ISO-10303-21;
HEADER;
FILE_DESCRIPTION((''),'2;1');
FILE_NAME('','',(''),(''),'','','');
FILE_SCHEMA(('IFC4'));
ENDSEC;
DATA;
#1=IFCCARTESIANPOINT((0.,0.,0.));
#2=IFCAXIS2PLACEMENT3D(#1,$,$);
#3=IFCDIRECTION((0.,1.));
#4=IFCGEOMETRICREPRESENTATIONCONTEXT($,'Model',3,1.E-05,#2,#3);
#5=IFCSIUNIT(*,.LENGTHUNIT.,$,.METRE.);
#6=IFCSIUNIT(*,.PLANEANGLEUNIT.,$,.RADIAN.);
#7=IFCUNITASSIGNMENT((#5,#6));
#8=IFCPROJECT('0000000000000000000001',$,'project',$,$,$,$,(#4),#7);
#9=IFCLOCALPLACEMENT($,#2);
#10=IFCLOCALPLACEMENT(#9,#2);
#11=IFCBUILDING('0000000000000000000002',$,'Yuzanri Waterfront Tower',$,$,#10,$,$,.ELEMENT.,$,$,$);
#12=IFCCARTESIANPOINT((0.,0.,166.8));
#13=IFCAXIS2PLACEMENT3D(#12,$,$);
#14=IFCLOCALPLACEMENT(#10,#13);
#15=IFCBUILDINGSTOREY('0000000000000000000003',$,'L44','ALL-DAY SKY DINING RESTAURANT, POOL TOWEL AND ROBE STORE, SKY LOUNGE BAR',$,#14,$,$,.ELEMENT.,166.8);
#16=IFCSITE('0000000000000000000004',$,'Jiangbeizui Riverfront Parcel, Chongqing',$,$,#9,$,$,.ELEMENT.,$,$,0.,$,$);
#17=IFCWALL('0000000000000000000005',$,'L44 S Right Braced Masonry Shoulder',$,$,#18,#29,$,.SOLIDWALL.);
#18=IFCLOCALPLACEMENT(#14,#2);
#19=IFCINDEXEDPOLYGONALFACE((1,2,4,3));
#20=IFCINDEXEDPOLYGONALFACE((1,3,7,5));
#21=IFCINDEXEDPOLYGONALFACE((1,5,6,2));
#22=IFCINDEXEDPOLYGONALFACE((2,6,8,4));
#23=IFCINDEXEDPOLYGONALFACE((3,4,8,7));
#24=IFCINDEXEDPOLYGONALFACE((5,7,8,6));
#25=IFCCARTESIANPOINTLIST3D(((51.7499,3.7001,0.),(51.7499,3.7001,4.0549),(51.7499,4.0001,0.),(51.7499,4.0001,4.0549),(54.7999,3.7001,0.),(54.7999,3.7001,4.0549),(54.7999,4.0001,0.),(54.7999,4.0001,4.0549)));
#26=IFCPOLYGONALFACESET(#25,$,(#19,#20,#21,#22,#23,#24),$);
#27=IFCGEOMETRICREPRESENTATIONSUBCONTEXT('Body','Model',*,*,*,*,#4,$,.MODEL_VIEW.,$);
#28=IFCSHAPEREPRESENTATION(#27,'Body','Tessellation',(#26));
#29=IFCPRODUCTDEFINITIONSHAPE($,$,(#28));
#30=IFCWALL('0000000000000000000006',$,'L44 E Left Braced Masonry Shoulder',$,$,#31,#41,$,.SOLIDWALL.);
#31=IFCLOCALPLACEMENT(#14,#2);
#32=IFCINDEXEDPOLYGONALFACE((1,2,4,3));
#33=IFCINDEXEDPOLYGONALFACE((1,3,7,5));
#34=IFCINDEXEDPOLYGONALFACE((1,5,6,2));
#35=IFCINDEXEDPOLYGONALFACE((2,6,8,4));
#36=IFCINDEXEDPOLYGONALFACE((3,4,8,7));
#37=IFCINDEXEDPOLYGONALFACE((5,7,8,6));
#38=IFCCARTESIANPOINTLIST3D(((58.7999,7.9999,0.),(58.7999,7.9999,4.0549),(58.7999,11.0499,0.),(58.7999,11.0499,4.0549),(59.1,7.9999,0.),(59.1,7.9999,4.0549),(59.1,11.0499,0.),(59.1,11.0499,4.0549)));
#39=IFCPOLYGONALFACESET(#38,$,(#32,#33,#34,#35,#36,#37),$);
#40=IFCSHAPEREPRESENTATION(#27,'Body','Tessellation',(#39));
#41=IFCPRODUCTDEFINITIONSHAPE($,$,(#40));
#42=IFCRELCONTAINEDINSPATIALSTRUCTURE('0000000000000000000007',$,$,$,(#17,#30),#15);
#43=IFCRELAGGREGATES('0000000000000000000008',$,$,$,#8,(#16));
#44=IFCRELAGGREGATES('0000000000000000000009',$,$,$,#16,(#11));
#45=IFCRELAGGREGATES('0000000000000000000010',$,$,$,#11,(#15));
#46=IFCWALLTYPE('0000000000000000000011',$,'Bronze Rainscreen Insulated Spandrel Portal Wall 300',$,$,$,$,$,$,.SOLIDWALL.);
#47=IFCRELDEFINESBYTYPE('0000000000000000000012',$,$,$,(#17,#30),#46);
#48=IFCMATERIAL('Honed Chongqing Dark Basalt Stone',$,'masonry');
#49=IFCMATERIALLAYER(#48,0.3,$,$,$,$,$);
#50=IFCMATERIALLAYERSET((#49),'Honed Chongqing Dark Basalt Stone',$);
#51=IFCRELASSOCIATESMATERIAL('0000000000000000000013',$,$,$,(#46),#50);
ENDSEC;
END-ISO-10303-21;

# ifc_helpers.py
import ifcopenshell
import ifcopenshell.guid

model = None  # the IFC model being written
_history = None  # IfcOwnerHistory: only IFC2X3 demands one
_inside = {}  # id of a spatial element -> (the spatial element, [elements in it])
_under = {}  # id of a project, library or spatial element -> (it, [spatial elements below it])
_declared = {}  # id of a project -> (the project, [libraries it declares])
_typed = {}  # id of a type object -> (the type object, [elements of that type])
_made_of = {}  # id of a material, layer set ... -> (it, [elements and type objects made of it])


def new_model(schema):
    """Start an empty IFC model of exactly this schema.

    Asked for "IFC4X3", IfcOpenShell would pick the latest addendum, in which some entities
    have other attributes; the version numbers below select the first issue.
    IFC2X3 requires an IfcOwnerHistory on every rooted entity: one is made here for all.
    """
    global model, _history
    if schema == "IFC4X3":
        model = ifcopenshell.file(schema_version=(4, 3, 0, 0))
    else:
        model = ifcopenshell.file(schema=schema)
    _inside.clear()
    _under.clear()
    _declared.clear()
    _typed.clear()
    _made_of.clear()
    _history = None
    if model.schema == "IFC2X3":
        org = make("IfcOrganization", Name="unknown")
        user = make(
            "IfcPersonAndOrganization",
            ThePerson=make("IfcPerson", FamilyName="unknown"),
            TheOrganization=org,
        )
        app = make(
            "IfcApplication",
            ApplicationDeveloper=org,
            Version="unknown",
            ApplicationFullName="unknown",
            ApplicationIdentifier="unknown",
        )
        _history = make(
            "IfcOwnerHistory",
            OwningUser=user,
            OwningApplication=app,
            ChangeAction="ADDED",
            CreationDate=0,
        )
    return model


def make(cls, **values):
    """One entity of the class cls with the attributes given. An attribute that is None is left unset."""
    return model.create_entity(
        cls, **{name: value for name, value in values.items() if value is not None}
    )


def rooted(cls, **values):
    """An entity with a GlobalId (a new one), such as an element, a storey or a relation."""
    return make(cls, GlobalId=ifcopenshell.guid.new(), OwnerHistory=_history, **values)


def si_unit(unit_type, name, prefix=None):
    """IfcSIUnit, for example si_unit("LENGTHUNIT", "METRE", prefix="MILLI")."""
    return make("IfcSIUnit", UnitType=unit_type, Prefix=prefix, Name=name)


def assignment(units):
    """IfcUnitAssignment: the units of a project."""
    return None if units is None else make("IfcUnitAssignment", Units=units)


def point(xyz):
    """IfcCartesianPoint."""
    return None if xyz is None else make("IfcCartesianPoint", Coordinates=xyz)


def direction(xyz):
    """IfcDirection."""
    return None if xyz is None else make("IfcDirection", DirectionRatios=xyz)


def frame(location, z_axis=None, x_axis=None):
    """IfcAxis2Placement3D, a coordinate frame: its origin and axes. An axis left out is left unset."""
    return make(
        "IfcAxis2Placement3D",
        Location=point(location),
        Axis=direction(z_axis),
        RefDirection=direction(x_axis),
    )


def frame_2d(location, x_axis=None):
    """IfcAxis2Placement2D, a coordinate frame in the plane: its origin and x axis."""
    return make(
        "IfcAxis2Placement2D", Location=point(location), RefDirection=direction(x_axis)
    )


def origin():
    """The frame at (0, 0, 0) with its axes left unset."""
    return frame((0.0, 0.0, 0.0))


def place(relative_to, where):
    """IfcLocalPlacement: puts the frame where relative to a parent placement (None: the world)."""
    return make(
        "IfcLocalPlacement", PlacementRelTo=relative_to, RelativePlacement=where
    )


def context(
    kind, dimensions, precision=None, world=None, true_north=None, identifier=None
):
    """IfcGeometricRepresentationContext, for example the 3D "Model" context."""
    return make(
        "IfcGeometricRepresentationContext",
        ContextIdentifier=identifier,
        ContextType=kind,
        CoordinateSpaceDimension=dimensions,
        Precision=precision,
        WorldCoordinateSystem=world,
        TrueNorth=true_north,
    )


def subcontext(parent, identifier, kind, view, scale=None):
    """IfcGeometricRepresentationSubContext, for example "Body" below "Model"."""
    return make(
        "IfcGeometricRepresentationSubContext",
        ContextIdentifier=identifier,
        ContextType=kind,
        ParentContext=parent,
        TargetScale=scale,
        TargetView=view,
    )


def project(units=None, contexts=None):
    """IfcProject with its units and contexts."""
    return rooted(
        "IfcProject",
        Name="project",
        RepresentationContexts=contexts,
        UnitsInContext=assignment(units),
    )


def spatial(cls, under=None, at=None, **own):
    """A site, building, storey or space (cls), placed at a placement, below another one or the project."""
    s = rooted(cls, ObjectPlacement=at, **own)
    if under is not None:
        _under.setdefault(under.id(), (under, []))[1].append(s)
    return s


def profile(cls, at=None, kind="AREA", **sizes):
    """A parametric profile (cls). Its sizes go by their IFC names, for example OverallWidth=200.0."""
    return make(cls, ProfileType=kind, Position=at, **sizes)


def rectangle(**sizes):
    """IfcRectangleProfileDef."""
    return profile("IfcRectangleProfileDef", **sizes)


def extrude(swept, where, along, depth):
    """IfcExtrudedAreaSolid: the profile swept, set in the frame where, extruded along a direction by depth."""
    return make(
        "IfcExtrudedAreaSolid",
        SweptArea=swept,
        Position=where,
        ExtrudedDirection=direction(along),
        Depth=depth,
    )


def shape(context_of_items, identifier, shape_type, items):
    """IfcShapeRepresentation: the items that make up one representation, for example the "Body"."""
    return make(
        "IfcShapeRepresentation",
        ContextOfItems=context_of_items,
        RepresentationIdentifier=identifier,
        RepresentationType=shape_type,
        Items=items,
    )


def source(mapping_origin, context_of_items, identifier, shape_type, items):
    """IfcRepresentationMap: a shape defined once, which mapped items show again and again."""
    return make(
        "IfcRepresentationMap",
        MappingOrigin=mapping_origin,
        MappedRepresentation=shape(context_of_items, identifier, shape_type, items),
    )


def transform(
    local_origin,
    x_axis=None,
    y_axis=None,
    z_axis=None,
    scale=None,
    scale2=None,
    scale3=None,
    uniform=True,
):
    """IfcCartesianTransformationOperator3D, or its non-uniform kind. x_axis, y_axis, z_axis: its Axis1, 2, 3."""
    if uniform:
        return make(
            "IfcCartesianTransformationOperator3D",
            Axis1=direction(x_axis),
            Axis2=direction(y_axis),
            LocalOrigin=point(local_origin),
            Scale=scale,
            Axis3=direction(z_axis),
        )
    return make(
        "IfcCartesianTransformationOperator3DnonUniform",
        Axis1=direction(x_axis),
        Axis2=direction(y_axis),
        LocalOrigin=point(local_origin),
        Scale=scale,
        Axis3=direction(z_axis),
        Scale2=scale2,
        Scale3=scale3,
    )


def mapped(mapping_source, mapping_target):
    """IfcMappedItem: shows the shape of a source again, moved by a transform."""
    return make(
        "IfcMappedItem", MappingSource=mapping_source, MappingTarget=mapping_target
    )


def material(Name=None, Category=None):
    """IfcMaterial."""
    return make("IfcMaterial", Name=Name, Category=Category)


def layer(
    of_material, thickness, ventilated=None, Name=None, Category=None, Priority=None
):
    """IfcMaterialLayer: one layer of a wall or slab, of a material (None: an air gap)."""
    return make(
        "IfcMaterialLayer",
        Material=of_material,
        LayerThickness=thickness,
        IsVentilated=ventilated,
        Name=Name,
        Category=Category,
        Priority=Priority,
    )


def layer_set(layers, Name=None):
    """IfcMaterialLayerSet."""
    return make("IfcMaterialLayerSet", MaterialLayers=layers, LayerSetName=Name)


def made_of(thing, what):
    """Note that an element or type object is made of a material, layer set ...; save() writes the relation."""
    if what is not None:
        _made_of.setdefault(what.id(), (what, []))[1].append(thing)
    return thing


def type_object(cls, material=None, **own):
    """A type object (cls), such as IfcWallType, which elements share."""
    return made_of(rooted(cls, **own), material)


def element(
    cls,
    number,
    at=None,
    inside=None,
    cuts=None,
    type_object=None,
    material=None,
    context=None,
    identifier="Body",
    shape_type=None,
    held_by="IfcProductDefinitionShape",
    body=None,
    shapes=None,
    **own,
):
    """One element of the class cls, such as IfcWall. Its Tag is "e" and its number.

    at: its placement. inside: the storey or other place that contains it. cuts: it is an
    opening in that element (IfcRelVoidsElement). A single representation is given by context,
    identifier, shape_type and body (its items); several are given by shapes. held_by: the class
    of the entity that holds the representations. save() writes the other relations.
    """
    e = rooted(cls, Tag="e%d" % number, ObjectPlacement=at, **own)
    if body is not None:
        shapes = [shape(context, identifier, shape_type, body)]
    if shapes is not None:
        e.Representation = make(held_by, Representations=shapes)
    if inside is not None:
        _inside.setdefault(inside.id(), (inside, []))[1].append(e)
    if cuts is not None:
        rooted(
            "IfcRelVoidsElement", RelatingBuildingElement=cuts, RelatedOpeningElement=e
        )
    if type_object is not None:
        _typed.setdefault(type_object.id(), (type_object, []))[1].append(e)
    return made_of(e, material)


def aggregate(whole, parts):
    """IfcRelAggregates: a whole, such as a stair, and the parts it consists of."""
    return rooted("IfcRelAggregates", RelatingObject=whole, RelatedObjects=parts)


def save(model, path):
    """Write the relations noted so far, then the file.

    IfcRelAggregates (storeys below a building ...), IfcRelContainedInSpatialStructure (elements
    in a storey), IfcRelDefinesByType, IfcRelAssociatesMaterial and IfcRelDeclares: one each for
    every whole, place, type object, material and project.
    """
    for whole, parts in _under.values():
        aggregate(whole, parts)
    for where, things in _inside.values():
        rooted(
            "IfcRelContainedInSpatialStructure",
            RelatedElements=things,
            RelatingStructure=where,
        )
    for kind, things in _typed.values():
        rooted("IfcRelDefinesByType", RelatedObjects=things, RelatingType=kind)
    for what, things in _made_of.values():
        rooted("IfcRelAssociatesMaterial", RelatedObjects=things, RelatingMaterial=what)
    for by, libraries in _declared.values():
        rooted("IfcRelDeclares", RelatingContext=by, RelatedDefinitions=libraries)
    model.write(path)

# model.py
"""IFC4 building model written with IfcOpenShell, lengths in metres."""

from ifc_helpers import new_model, si_unit, direction, frame, frame_2d, origin, place, context, subcontext, project, spatial, rectangle, extrude, source, transform, mapped, material, layer, layer_set, type_object, element, save


model = new_model("IFC4")

# Units and contexts
model_context = context("Model", 3, precision=1e-05, world=origin(), true_north=direction((0.0, 1.0)))
body_context = subcontext(model_context, "Body", "Model", "MODEL_VIEW")
ifc_project = project(units=[si_unit("LENGTHUNIT", "METRE"), si_unit("PLANEANGLEUNIT", "RADIAN")], contexts=[model_context])

# Site, building, storey
site_placement = place(None, origin())
site = spatial("IfcSite", under=ifc_project, at=site_placement, Name="Jiangbeizui Riverfront Parcel, Chongqing", CompositionType="ELEMENT", RefElevation=0.0)
building_placement = place(site_placement, origin())
building = spatial("IfcBuilding", under=site, at=building_placement, Name="Yuzanri Waterfront Tower", CompositionType="ELEMENT")
storey_placement = place(building_placement, frame((0.0, 0.0, 166.8)))
storey = spatial("IfcBuildingStorey", under=building, at=storey_placement, Name="L44", Description="ALL-DAY SKY DINING RESTAURANT, POOL TOWEL AND ROBE STORE, SKY LOUNGE BAR", CompositionType="ELEMENT", Elevation=166.8)

# Shared definitions
ifc_material_1 = material(Name="Honed Chongqing Dark Basalt Stone", Category="masonry")
ifc_layer_1 = layer(ifc_material_1, 0.3)
ifc_layer_set_1 = layer_set([ifc_layer_1], Name="Honed Chongqing Dark Basalt Stone")
wall_type = type_object("IfcWallType", Name="Bronze Rainscreen Insulated Spandrel Portal Wall 300", PredefinedType="SOLIDWALL", material=ifc_layer_set_1)

# Walls
shared_shape_1 = source(origin(), body_context, "Body", "SweptSolid", [
    extrude(rectangle(XDim=3.05, YDim=0.3, at=frame_2d((1.5249, 0.0))), origin(), (0.0, 0.0, 1.0), 4.0549),
])
for number, where, z_axis, x_axis, name in (
    (1, (51.75, 3.8501, 0.0), (0.0, 0.0, 1.0), (1.0, 0.0, 0.0), "L44 S Right Braced Masonry Shoulder"),
    (2, (58.95, 8.0, 0.0), (0.0, 0.0, 1.0), (0.0, 1.0, 0.0), "L44 E Left Braced Masonry Shoulder"),
):
    element("IfcWall", number, at=place(storey_placement, frame(where, z_axis=z_axis, x_axis=x_axis)), inside=storey, type_object=wall_type, Name=name, PredefinedType="SOLIDWALL", context=body_context, shape_type="MappedRepresentation", body=[
        mapped(shared_shape_1, transform((0.0, 0.0, 0.0), scale=1.0)),
    ])

save(model, "model.ifc")
